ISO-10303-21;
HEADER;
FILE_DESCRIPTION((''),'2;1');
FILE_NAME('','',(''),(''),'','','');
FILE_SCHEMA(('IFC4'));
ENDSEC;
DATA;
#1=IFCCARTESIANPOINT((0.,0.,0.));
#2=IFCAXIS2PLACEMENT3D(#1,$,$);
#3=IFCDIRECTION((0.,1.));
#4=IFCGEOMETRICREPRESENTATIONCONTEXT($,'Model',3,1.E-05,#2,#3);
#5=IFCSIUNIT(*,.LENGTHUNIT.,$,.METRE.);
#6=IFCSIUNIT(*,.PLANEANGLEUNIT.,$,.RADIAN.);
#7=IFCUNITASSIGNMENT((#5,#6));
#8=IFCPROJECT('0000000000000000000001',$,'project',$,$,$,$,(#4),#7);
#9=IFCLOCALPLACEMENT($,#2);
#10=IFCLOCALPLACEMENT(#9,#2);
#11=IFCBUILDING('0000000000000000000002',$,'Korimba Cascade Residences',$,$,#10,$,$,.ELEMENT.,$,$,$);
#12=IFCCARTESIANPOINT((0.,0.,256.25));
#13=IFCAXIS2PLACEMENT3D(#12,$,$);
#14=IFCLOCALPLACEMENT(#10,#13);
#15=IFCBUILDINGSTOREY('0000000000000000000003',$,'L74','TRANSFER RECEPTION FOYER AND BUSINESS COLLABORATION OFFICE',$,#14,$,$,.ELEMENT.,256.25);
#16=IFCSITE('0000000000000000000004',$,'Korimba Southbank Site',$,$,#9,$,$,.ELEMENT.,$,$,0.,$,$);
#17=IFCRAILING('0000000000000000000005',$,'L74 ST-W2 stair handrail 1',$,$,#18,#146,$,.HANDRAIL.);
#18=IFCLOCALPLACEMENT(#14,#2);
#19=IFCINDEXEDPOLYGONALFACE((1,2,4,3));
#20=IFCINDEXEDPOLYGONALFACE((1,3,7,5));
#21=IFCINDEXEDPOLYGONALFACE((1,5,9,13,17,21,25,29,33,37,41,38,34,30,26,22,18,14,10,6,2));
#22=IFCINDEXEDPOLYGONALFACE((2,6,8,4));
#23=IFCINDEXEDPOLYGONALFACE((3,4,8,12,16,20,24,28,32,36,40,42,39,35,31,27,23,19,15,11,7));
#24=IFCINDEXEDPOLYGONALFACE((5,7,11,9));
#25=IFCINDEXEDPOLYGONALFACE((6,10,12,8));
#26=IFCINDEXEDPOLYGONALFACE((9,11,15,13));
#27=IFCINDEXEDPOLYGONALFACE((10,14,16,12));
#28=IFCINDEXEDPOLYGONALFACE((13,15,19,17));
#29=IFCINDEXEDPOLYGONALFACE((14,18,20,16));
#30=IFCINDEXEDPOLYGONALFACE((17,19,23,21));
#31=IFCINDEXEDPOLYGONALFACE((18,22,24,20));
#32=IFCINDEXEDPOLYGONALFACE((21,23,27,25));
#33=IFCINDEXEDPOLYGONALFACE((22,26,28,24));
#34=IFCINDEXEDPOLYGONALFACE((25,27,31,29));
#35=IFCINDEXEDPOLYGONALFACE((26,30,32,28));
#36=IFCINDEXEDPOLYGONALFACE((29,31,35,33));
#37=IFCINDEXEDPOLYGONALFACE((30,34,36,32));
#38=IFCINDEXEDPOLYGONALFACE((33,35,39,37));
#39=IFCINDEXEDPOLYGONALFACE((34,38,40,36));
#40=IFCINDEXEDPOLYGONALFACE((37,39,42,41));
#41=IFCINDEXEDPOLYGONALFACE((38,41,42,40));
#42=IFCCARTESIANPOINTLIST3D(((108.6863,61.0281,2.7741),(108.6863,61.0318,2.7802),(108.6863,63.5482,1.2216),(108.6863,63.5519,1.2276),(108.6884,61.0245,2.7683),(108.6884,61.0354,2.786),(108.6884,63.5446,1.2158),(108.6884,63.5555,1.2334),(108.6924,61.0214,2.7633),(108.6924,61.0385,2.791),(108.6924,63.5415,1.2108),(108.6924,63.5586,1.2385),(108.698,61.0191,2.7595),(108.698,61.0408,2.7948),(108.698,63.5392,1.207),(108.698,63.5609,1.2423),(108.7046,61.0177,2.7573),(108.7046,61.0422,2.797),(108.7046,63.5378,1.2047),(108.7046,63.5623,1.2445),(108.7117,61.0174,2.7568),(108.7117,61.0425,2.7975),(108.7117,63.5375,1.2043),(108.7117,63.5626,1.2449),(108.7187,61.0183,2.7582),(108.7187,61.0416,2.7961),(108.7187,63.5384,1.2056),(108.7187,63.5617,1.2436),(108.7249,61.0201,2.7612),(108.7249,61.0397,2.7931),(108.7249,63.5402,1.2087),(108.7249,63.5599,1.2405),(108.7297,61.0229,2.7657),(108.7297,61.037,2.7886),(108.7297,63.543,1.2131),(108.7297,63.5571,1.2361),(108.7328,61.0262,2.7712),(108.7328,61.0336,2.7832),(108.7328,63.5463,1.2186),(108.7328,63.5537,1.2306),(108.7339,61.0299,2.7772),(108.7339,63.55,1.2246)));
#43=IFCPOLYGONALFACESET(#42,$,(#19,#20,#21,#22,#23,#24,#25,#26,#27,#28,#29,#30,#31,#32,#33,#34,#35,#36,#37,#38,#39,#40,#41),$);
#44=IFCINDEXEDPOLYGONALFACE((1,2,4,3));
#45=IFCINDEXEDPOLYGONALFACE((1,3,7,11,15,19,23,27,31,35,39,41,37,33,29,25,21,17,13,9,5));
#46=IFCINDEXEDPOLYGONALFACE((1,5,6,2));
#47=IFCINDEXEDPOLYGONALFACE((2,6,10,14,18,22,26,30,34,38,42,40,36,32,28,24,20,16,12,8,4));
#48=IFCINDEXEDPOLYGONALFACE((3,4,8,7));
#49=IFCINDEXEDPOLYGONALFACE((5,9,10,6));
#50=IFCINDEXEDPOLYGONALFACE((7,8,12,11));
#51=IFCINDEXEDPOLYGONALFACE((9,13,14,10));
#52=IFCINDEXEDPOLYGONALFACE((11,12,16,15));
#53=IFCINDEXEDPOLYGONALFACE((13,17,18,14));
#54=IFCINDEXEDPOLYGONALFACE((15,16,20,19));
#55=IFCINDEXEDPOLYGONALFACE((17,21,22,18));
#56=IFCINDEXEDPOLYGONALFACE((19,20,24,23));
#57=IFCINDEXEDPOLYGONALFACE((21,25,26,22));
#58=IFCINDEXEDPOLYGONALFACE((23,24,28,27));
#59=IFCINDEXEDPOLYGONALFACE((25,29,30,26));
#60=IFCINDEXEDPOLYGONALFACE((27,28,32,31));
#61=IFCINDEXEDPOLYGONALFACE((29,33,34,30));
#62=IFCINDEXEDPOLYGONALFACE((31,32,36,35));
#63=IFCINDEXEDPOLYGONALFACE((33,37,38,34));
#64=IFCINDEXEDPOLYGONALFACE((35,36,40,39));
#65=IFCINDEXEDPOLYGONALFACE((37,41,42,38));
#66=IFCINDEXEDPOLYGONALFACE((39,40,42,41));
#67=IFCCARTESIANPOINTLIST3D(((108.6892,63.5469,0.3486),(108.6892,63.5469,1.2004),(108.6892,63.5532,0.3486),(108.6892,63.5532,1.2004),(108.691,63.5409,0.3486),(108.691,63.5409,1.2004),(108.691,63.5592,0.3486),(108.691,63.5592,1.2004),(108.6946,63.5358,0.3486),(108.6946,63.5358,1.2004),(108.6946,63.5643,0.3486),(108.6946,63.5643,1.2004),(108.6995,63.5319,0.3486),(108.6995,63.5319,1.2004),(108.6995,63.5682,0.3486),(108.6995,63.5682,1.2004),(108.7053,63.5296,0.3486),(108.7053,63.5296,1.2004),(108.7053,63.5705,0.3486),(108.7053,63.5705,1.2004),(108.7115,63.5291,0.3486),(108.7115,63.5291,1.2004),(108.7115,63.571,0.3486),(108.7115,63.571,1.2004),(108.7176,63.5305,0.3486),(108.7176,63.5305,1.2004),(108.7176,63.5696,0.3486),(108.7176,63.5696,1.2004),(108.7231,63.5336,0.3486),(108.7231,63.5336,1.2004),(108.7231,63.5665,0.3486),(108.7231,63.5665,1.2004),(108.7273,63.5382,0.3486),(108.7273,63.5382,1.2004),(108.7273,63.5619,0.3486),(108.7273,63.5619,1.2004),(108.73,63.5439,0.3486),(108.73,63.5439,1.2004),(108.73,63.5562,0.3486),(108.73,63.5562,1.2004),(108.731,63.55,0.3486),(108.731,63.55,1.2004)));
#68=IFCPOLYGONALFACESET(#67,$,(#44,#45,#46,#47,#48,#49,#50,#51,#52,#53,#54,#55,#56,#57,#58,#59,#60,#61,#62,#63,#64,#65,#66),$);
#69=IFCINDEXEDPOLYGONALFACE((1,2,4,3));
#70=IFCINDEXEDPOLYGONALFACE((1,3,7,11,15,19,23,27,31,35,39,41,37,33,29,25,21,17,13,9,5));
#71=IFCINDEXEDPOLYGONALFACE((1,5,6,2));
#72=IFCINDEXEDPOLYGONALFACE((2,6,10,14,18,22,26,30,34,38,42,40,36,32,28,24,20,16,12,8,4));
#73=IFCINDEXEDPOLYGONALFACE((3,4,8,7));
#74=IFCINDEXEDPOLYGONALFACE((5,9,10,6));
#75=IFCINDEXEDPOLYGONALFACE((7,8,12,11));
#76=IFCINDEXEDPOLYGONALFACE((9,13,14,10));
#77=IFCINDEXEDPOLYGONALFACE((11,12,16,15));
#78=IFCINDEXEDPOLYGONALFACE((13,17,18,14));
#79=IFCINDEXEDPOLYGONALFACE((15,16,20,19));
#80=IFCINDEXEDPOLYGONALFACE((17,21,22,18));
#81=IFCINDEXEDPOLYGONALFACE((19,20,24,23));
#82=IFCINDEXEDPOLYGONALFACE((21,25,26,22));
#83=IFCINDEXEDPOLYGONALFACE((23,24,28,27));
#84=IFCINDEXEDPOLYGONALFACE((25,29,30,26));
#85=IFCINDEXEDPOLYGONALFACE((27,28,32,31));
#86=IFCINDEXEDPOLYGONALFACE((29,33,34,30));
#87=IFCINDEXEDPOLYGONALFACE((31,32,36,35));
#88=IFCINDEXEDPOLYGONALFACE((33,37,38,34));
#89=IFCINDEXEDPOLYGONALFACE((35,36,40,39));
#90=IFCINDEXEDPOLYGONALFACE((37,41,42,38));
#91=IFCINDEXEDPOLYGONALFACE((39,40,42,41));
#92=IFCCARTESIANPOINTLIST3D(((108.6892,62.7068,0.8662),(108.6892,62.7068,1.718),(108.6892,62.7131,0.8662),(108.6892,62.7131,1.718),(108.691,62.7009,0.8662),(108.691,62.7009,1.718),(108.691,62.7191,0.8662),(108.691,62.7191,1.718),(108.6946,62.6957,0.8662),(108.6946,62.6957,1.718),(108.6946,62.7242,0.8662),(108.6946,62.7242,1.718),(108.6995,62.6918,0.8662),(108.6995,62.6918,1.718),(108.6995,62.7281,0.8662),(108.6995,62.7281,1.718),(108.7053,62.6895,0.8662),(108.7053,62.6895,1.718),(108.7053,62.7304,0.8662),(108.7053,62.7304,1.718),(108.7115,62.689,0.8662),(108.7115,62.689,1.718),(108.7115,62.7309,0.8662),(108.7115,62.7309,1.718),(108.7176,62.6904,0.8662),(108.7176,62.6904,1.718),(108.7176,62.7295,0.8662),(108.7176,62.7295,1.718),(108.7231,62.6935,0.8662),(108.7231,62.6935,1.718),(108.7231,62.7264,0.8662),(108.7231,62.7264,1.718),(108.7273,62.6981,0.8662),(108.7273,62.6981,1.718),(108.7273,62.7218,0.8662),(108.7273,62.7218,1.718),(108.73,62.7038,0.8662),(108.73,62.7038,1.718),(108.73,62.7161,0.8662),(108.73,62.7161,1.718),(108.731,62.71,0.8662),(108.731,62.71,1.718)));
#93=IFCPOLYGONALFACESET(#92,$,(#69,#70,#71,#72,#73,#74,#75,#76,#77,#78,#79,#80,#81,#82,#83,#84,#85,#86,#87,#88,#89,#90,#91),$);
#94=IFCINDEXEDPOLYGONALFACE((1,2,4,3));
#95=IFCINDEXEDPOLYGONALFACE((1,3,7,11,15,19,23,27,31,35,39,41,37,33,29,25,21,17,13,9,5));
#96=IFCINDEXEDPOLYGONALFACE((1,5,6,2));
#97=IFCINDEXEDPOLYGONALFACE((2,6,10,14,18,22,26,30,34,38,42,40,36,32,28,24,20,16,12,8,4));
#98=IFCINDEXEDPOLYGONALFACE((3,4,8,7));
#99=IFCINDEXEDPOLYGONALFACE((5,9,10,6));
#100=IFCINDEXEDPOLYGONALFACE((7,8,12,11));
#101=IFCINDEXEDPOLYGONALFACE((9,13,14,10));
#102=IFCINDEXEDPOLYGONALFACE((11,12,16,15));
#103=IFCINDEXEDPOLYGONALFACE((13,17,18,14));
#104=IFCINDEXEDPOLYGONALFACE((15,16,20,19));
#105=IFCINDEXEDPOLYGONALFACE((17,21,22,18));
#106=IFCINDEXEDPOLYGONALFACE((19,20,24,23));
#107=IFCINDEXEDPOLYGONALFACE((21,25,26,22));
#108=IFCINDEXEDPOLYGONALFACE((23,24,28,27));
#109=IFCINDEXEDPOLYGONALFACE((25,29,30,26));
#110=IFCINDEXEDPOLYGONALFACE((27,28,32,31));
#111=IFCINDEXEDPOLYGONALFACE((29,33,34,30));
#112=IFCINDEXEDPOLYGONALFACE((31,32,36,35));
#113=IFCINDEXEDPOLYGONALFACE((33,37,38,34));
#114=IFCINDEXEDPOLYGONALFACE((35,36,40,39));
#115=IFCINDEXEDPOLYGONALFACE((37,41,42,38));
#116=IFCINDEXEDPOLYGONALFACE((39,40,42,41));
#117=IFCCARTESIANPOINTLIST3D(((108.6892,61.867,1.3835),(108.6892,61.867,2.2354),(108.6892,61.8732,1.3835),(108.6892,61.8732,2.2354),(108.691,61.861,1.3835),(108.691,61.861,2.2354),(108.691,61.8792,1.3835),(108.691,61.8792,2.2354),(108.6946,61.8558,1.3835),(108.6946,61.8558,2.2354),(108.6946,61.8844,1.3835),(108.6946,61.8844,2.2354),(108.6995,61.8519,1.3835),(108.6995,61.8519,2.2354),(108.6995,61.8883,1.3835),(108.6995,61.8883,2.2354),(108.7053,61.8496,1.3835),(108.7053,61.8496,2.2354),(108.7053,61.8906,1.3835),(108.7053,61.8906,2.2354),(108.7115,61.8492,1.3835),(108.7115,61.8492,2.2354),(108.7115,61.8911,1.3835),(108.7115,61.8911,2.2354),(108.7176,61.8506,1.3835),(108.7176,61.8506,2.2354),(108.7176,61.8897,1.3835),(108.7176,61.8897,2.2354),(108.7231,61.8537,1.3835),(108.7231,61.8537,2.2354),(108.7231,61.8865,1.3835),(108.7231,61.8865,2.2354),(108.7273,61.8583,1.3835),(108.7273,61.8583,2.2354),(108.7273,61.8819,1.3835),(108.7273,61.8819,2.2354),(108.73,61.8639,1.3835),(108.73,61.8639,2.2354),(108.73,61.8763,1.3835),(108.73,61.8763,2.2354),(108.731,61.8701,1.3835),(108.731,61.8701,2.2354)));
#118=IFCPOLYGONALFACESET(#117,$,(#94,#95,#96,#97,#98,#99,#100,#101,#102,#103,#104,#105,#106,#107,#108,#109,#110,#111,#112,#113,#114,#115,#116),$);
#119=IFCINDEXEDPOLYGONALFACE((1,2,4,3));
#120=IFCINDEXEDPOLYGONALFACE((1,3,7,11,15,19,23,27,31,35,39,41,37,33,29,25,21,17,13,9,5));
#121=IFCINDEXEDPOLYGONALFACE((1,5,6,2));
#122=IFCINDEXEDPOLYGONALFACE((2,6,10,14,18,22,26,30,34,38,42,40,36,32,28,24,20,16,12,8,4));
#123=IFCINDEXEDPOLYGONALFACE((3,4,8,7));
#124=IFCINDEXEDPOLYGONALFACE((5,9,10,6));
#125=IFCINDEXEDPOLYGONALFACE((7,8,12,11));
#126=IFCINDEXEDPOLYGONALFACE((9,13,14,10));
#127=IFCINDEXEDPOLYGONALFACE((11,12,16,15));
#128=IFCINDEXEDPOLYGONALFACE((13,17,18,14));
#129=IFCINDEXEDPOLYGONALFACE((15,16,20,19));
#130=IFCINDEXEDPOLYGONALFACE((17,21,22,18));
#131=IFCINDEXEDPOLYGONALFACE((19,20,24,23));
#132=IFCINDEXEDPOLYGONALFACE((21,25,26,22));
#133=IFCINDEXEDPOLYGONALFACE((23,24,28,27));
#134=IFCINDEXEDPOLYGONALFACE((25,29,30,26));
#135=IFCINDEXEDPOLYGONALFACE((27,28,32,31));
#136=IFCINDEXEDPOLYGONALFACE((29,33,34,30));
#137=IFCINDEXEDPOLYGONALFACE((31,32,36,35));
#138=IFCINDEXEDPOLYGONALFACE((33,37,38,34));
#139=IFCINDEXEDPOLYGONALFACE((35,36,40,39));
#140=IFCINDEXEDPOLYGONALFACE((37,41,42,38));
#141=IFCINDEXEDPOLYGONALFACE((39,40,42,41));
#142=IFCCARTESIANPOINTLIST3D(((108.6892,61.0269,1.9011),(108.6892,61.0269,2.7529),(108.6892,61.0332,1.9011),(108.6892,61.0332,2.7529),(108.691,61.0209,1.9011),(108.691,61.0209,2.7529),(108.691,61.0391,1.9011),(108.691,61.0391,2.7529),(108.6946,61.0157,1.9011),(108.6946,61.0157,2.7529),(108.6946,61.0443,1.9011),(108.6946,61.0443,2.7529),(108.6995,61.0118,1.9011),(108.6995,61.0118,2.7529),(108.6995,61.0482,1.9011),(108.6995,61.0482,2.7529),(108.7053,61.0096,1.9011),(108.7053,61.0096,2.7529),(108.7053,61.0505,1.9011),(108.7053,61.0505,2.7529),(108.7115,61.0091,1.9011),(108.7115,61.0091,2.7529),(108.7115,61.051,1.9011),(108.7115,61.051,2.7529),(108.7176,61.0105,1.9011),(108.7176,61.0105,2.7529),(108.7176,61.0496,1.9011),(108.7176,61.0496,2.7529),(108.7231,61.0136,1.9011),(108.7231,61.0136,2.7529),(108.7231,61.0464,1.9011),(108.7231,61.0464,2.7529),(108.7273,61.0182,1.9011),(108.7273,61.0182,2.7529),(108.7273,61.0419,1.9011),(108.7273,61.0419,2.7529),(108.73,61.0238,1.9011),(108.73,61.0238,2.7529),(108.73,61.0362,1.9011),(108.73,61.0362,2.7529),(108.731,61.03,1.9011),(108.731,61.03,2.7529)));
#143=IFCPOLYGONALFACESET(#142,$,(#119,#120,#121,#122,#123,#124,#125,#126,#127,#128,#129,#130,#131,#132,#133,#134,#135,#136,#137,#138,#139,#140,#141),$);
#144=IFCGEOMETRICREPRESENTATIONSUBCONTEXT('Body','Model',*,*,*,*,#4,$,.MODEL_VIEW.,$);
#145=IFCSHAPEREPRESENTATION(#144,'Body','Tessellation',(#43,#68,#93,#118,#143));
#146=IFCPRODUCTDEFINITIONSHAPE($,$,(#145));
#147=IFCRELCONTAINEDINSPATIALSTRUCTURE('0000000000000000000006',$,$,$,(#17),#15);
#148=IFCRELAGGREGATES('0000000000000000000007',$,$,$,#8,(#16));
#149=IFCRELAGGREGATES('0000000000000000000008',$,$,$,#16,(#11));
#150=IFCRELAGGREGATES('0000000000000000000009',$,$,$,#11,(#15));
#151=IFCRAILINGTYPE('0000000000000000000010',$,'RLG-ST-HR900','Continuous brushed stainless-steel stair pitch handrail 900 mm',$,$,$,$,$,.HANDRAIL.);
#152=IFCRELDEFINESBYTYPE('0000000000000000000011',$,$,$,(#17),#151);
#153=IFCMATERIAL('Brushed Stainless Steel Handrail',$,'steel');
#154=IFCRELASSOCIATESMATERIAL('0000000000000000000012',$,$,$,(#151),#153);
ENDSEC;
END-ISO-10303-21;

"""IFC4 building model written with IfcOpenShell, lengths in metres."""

from ifc_helpers import new_model, si_unit, direction, frame, origin, origin_2d, place, context, subcontext, project, spatial, circle, extrude, material, type_object, element, save


model = new_model("IFC4")

# Units and contexts
model_context = context("Model", 3, precision=1e-05, world=origin(), true_north=direction((0.0, 1.0)))
body_context = subcontext(model_context, "Body", "Model", "MODEL_VIEW")
ifc_project = project(units=[si_unit("LENGTHUNIT", "METRE"), si_unit("PLANEANGLEUNIT", "RADIAN")], contexts=[model_context])

# Site, building, storey
site_placement = place(None, origin())
site = spatial("IfcSite", under=ifc_project, at=site_placement, Name="Korimba Southbank Site", CompositionType="ELEMENT", RefElevation=0.0)
building_placement = place(site_placement, origin())
building = spatial("IfcBuilding", under=site, at=building_placement, Name="Korimba Cascade Residences", CompositionType="ELEMENT")
storey_placement = place(building_placement, frame((0.0, 0.0, 256.25)))
storey = spatial("IfcBuildingStorey", under=building, at=storey_placement, Name="L74", Description="TRANSFER RECEPTION FOYER AND BUSINESS COLLABORATION OFFICE", CompositionType="ELEMENT", Elevation=256.25)

# Railing
ifc_material_1 = material(Name="Brushed Stainless Steel Handrail", Category="steel")
railing_type_1 = type_object("IfcRailingType", Name="RLG-ST-HR900", Description="Continuous brushed stainless-steel stair pitch handrail 900 mm", PredefinedType="HANDRAIL", material=ifc_material_1)
railing_1_placement = place(storey_placement, frame((108.71, 63.55, 0.3486)))
element("IfcRailing", 1, at=railing_1_placement, inside=storey, type_object=railing_type_1, Name="L74 ST-W2 stair handrail 1", PredefinedType="HANDRAIL", context=body_context, shape_type="SweptSolid", body=[
    extrude(circle(Radius=0.0239, at=origin_2d()), frame((0.0, 0.0, 0.876), z_axis=(0.0, -0.8514, 0.524516), x_axis=(1.0, 0.0, 0.0)), (0.0, 0.0, 1.0), 2.96),
    extrude(circle(Radius=0.021, at=origin_2d()), origin(), (0.0, 0.0, 1.0), 0.8518),
    extrude(circle(Radius=0.021, at=origin_2d()), frame((0.0, -0.8401, 0.5176)), (0.0, 0.0, 1.0), 0.8518),
    extrude(circle(Radius=0.021, at=origin_2d()), frame((0.0, -1.6799, 1.0349)), (0.0, 0.0, 1.0), 0.8518),
    extrude(circle(Radius=0.021, at=origin_2d()), frame((0.0, -2.52, 1.5525)), (0.0, 0.0, 1.0), 0.8518),
])

save(model, "model.ifc")
